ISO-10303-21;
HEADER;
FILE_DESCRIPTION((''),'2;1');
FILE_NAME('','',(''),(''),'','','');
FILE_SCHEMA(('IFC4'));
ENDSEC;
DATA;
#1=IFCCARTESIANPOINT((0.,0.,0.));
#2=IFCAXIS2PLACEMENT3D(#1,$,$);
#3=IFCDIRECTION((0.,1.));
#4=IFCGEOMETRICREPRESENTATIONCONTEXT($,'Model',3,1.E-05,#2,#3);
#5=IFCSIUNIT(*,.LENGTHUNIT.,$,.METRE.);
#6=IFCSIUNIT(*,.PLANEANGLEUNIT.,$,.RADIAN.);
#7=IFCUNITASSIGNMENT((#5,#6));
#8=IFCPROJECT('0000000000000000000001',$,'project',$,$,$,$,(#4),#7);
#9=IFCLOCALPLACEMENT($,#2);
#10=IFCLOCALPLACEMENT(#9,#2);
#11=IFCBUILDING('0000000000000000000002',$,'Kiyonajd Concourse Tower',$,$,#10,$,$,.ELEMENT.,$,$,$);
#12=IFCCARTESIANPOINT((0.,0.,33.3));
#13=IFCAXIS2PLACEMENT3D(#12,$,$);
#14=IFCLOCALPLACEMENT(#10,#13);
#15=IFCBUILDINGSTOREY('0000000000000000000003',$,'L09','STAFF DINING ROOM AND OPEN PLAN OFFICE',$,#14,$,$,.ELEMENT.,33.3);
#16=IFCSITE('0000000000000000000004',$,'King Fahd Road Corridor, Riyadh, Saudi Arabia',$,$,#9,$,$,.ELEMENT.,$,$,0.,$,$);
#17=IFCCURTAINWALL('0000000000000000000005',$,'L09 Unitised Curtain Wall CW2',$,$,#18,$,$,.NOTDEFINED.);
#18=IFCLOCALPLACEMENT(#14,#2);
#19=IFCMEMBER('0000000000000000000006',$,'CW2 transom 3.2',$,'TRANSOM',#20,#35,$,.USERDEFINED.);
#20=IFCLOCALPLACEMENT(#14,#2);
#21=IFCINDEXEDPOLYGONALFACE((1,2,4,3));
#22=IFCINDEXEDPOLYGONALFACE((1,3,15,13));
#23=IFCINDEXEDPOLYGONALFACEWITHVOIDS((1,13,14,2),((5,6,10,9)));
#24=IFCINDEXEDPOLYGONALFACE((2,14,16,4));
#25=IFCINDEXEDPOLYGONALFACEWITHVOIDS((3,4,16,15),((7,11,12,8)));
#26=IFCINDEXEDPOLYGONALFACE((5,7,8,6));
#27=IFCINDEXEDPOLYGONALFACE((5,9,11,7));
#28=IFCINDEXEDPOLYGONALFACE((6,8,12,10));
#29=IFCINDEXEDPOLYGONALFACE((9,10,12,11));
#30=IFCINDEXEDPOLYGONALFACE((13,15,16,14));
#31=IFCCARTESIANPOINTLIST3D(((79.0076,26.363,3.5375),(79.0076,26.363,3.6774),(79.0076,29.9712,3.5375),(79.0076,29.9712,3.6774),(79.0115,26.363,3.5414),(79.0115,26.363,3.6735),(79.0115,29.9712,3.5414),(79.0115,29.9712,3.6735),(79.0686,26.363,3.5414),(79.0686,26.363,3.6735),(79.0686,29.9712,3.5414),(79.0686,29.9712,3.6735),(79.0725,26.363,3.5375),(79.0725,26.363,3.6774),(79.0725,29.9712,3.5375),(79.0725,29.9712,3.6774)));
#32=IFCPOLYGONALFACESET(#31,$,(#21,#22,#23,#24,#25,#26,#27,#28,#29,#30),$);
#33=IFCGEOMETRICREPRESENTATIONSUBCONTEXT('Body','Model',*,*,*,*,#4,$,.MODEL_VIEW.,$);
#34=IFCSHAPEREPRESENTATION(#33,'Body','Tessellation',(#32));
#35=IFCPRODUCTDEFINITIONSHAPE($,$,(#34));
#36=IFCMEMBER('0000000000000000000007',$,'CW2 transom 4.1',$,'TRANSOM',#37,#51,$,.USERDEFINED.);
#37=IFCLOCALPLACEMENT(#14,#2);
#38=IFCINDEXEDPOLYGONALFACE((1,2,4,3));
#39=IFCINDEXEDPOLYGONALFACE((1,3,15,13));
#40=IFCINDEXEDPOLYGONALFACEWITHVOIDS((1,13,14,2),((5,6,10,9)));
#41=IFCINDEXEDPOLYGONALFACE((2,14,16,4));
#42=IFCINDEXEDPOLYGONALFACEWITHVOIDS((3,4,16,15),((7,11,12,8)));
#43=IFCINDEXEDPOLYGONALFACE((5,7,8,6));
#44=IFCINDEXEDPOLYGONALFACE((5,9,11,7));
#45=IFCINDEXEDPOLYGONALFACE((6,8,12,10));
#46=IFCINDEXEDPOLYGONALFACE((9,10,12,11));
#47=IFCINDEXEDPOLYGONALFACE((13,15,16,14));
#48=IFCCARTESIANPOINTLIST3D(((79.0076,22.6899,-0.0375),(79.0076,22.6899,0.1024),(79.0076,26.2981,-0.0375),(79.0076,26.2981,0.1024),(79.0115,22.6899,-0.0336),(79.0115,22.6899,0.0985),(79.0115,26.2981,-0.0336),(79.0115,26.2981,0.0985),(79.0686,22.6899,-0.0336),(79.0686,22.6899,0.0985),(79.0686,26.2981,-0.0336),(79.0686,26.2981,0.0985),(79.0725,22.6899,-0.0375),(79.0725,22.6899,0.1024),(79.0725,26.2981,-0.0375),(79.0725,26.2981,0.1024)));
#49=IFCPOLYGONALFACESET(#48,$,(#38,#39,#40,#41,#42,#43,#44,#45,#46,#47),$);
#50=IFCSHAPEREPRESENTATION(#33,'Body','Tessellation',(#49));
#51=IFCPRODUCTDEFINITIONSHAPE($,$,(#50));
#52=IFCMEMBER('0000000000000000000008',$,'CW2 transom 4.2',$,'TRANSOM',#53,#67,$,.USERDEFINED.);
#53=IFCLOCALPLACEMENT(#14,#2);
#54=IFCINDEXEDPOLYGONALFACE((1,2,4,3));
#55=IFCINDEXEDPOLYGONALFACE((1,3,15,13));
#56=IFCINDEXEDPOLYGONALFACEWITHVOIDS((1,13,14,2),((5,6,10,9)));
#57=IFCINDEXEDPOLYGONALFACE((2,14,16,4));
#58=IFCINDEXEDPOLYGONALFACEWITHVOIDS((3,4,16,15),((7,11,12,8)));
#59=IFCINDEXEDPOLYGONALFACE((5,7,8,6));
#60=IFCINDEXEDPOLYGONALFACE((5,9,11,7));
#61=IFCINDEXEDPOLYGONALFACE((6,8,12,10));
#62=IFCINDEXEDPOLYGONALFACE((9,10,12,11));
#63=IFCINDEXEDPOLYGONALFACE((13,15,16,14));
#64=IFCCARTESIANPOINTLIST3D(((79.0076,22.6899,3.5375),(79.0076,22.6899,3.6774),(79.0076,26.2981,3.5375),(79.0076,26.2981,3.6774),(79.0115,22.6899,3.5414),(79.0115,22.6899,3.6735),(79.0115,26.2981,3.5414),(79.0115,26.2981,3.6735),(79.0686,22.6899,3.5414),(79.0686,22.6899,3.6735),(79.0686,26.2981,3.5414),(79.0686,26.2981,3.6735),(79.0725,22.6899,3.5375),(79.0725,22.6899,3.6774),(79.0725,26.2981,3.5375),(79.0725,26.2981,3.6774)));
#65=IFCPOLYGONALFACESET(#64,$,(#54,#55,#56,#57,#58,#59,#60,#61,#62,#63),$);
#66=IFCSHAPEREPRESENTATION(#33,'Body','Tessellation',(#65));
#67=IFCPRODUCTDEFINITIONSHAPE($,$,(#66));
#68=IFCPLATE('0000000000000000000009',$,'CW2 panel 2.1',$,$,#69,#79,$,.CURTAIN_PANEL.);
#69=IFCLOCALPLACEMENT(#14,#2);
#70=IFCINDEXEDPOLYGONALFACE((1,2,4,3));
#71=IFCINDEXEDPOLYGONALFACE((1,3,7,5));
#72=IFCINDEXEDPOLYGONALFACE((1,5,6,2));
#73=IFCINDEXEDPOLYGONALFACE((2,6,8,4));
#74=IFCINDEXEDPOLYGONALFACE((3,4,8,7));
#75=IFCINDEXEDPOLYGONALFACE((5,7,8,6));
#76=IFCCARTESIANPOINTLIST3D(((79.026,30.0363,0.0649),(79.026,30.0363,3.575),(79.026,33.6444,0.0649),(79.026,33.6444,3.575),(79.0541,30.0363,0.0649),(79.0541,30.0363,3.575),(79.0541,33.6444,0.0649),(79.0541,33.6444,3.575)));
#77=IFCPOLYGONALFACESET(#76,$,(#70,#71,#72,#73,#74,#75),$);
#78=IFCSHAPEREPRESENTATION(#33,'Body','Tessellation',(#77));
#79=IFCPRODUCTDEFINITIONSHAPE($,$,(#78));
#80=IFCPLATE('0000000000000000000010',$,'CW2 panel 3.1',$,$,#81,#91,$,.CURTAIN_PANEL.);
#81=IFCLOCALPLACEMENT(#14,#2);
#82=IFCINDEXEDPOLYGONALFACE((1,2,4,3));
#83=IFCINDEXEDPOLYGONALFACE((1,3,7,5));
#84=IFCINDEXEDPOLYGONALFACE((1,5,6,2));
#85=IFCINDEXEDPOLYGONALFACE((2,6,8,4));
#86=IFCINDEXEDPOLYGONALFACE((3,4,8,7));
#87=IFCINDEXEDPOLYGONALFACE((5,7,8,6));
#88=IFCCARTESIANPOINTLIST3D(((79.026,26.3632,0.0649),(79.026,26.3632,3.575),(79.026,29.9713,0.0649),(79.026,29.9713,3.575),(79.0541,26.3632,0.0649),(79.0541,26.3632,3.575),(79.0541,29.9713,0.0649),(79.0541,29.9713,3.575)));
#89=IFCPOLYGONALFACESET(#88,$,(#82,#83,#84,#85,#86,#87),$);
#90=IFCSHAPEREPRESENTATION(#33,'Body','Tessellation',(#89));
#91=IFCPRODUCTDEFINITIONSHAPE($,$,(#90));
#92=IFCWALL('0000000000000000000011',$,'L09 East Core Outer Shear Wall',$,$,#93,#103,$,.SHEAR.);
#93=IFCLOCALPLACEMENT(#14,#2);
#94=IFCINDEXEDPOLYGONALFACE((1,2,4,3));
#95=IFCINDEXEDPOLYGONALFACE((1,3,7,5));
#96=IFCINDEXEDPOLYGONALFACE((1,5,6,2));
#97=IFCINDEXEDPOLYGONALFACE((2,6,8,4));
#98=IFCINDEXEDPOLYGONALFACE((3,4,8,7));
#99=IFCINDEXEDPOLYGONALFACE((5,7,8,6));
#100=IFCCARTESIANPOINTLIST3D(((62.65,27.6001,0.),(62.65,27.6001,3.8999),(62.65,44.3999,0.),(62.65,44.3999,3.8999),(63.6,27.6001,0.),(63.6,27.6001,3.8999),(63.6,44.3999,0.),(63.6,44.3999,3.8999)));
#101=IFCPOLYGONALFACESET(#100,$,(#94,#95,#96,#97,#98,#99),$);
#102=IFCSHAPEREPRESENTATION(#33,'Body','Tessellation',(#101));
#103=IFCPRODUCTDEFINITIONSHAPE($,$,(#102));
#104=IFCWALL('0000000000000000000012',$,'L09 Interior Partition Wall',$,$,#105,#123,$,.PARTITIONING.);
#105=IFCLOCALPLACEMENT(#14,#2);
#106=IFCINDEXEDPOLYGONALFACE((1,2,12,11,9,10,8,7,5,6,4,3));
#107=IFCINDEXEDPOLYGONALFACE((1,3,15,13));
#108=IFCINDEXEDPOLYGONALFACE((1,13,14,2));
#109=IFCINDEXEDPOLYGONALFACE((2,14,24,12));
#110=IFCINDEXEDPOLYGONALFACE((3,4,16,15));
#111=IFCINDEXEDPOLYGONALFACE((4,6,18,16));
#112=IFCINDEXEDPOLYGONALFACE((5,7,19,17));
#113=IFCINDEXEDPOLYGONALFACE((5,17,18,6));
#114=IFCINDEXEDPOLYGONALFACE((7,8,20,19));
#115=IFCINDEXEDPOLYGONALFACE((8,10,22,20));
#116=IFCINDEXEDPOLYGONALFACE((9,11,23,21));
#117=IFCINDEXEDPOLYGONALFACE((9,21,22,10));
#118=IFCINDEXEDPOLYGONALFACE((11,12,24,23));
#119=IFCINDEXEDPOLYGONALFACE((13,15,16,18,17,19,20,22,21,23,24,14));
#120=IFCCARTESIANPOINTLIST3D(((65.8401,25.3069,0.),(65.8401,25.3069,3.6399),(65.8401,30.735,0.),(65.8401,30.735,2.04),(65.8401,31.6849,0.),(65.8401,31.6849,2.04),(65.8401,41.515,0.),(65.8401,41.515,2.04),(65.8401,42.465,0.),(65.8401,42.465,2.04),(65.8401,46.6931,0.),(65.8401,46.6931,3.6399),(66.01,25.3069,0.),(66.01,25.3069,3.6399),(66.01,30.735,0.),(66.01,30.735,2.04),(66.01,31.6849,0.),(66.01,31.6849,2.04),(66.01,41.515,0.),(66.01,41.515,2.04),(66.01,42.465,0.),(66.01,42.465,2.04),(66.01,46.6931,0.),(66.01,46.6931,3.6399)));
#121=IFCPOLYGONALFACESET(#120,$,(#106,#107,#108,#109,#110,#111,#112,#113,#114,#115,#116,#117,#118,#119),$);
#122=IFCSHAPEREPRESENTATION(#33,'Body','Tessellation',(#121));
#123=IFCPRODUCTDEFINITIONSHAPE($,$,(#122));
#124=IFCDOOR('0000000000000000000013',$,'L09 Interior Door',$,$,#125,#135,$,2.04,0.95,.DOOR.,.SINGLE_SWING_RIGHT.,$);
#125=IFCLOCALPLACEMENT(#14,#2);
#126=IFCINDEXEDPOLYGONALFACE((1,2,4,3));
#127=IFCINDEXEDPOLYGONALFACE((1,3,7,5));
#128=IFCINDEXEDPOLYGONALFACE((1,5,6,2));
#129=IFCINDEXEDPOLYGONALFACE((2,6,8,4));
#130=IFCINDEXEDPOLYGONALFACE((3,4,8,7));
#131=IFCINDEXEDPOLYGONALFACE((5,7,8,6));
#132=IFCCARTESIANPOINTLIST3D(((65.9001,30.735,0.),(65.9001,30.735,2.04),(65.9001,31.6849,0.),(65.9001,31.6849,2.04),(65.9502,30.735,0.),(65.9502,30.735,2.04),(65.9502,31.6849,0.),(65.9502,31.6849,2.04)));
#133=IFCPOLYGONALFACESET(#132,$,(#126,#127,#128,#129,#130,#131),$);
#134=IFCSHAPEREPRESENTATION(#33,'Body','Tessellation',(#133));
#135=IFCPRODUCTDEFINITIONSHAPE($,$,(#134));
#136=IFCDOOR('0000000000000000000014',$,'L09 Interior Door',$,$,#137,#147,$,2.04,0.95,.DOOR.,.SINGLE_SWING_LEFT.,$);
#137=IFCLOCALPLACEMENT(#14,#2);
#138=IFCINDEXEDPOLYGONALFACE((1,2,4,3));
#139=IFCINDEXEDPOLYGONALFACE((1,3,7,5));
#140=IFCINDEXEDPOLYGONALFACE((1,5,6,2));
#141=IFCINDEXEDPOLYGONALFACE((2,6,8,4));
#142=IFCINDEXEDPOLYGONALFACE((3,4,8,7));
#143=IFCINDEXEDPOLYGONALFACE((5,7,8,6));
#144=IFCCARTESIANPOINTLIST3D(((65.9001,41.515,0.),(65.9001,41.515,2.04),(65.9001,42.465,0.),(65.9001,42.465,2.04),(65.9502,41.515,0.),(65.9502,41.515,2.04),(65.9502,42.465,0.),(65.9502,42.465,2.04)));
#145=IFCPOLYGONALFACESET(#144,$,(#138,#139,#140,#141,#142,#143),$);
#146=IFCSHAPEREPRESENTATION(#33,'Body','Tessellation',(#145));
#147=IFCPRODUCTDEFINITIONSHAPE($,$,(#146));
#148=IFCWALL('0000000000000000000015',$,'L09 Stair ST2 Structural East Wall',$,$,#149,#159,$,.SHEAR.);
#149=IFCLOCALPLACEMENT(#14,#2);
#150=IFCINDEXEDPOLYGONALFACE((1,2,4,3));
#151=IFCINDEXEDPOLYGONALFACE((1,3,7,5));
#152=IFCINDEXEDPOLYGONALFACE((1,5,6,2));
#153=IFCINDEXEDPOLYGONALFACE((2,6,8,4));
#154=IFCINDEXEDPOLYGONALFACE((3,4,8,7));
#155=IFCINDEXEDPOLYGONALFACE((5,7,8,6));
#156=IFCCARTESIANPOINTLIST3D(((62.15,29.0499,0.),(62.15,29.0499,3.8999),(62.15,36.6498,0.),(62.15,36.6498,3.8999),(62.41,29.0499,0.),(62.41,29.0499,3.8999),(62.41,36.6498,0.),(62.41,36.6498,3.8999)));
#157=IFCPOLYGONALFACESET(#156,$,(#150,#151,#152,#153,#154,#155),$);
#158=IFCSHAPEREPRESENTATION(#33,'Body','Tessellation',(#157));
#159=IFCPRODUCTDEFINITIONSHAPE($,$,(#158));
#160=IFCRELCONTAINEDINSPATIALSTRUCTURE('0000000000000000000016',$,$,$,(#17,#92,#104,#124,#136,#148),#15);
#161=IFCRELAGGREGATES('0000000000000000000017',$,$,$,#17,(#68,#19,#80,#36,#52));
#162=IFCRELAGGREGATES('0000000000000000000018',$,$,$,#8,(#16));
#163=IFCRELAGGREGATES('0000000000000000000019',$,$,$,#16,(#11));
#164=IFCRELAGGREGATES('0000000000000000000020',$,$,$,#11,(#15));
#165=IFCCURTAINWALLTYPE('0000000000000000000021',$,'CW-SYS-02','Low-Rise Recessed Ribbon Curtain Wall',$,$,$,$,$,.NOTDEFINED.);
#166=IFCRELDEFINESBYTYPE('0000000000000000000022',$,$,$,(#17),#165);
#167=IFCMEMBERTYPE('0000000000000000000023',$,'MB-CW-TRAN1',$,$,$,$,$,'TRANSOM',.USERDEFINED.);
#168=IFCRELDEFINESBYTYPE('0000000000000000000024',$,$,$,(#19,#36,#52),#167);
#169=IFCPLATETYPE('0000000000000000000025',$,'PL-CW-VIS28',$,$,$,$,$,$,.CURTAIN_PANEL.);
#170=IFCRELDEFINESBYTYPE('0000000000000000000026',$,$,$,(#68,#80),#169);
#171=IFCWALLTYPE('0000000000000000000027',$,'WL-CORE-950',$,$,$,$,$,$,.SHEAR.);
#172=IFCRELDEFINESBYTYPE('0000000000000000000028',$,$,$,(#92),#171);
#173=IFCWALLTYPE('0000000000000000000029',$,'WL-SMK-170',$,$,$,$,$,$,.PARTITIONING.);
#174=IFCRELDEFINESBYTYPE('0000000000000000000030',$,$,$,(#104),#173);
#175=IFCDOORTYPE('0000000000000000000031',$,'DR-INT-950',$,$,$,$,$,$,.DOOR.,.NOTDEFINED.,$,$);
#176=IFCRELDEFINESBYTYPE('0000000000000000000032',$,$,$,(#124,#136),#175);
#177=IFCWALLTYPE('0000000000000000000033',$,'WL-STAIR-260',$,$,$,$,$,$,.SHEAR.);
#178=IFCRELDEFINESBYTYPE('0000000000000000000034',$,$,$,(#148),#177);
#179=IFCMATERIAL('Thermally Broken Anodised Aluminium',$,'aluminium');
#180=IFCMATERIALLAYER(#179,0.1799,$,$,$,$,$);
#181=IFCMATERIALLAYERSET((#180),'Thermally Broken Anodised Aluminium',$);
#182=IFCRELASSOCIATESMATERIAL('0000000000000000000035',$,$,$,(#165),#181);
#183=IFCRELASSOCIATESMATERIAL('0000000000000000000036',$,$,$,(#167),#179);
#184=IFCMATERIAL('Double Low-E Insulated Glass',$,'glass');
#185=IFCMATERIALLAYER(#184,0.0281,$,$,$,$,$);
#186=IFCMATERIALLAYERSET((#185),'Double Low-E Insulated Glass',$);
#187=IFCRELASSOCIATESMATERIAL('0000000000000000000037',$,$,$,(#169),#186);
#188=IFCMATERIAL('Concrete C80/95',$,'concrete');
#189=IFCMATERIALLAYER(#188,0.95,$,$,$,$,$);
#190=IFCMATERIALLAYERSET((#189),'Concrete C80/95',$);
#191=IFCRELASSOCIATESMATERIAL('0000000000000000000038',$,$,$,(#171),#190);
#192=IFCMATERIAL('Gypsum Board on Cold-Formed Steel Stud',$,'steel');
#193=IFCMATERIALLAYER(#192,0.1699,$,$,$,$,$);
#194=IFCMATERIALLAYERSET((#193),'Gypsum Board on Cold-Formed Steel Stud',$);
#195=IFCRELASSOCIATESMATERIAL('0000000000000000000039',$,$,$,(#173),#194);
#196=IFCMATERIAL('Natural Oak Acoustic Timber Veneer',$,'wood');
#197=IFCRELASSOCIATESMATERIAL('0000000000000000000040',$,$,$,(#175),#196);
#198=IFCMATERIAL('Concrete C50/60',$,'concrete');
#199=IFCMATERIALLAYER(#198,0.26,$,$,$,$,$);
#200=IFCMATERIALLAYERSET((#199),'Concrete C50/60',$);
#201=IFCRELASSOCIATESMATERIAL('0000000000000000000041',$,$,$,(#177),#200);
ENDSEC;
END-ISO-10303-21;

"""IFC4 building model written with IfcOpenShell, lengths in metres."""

from ifc_helpers import new_model, si_unit, direction, frame, frame_2d, origin, origin_2d, place, context, subcontext, project, spatial, rectangle, hollow_rectangle, extrude, material, layer, layer_set, material_profile, profile_set, type_object, element, fill, aggregate, save


model = new_model("IFC4")

# Units and contexts
model_context = context("Model", 3, precision=1e-05, world=origin(), true_north=direction((0.0, 1.0)))
body_context = subcontext(model_context, "Body", "Model", "MODEL_VIEW")
ifc_project = project(units=[si_unit("LENGTHUNIT", "METRE"), si_unit("PLANEANGLEUNIT", "RADIAN")], contexts=[model_context])

# Site, building, storey
site_placement = place(None, origin())
site = spatial("IfcSite", under=ifc_project, at=site_placement, Name="King Fahd Road Corridor, Riyadh, Saudi Arabia", CompositionType="ELEMENT", RefElevation=0.0)
building_placement = place(site_placement, origin())
building = spatial("IfcBuilding", under=site, at=building_placement, Name="Kiyonajd Concourse Tower", CompositionType="ELEMENT")
storey_placement = place(building_placement, frame((0.0, 0.0, 33.3)))
storey = spatial("IfcBuildingStorey", under=building, at=storey_placement, Name="L09", Description="STAFF DINING ROOM AND OPEN PLAN OFFICE", CompositionType="ELEMENT", Elevation=33.3)

# Shared definitions
ifc_material_1 = material(Name="Concrete C80/95", Category="concrete")

# Curtain wall, members, plates
ifc_material_2 = material(Name="Thermally Broken Anodised Aluminium", Category="aluminium")
ifc_layer_1 = layer(ifc_material_2, 0.1799)
ifc_layer_set_1 = layer_set([ifc_layer_1], Name="Thermally Broken Anodised Aluminium")
curtain_wall_type = type_object("IfcCurtainWallType", Name="CW-SYS-02", Description="Low-Rise Recessed Ribbon Curtain Wall", PredefinedType="NOTDEFINED", material=ifc_layer_set_1)
curtain_wall_placement = place(storey_placement, origin())
curtain_wall = element("IfcCurtainWall", 1, at=curtain_wall_placement, inside=storey, type_object=curtain_wall_type, Name="L09 Unitised Curtain Wall CW2", PredefinedType="NOTDEFINED")
ifc_material_profile_1 = material_profile(ifc_material_2, hollow_rectangle(XDim=0.0649, YDim=0.1399, WallThickness=0.0039, at=origin_2d()), Name="TRAN-65x140")
ifc_profile_set_1 = profile_set([ifc_material_profile_1], Name="Thermally Broken Anodised Aluminium")
member_type_1 = type_object("IfcMemberType", Name="MB-CW-TRAN1", ElementType="TRANSOM", PredefinedType="USERDEFINED", material=ifc_profile_set_1)
member_1_placement = place(storey_placement, frame((79.04, 29.9712, 3.6074), z_axis=(0.0, -1.0, 0.0), x_axis=(1.0, 0.0, 0.0)))
member_1 = element("IfcMember", 2, at=member_1_placement, type_object=member_type_1, Name="CW2 transom 3.2", ObjectType="TRANSOM", PredefinedType="USERDEFINED", context=body_context, shape_type="SweptSolid", body=[
    extrude(hollow_rectangle(XDim=0.0649, YDim=0.1399, WallThickness=0.0039, at=origin_2d()), origin(), (0.0, 0.0, 1.0), 3.6082),
])
member_2_placement = place(storey_placement, frame((79.04, 26.2981, 0.0325), z_axis=(0.0, -1.0, 0.0), x_axis=(1.0, 0.0, 0.0)))
member_2 = element("IfcMember", 3, at=member_2_placement, type_object=member_type_1, Name="CW2 transom 4.1", ObjectType="TRANSOM", PredefinedType="USERDEFINED", context=body_context, shape_type="SweptSolid", body=[
    extrude(hollow_rectangle(XDim=0.0649, YDim=0.1399, WallThickness=0.0039, at=origin_2d()), origin(), (0.0, 0.0, 1.0), 3.6082),
])
member_3_placement = place(storey_placement, frame((79.04, 26.2981, 3.6074), z_axis=(0.0, -1.0, 0.0), x_axis=(1.0, 0.0, 0.0)))
member_3 = element("IfcMember", 4, at=member_3_placement, type_object=member_type_1, Name="CW2 transom 4.2", ObjectType="TRANSOM", PredefinedType="USERDEFINED", context=body_context, shape_type="SweptSolid", body=[
    extrude(hollow_rectangle(XDim=0.0649, YDim=0.1399, WallThickness=0.0039, at=origin_2d()), origin(), (0.0, 0.0, 1.0), 3.6082),
])
ifc_material_3 = material(Name="Double Low-E Insulated Glass", Category="glass")
ifc_layer_2 = layer(ifc_material_3, 0.0281)
ifc_layer_set_2 = layer_set([ifc_layer_2], Name="Double Low-E Insulated Glass")
plate_type = type_object("IfcPlateType", Name="PL-CW-VIS28", PredefinedType="CURTAIN_PANEL", material=ifc_layer_set_2)
plate_1_placement = place(storey_placement, frame((79.04, 31.8403, 0.0649), z_axis=(0.0, 0.0, 1.0), x_axis=(0.0, -1.0, 0.0)))
plate_1 = element("IfcPlate", 5, at=plate_1_placement, type_object=plate_type, Name="CW2 panel 2.1", PredefinedType="CURTAIN_PANEL", context=body_context, shape_type="SweptSolid", body=[
    extrude(rectangle(XDim=3.6082, YDim=0.0281, at=origin_2d()), origin(), (0.0, 0.0, 1.0), 3.51),
])
plate_2_placement = place(storey_placement, frame((79.04, 28.1672, 0.0649), z_axis=(0.0, 0.0, 1.0), x_axis=(0.0, -1.0, 0.0)))
plate_2 = element("IfcPlate", 6, at=plate_2_placement, type_object=plate_type, Name="CW2 panel 3.1", PredefinedType="CURTAIN_PANEL", context=body_context, shape_type="SweptSolid", body=[
    extrude(rectangle(XDim=3.6082, YDim=0.0281, at=origin_2d()), origin(), (0.0, 0.0, 1.0), 3.51),
])
aggregate(curtain_wall, [plate_1, member_1, plate_2, member_2, member_3])

# Wall
ifc_layer_3 = layer(ifc_material_1, 0.95)
ifc_layer_set_3 = layer_set([ifc_layer_3], Name="Concrete C80/95")
wall_type_1 = type_object("IfcWallType", Name="WL-CORE-950", PredefinedType="SHEAR", material=ifc_layer_set_3)
wall_1_placement = place(storey_placement, frame((63.125, 27.6001, 0.0), z_axis=(0.0, 0.0, 1.0), x_axis=(0.0, 1.0, 0.0)))
element("IfcWall", 7, at=wall_1_placement, inside=storey, type_object=wall_type_1, Name="L09 East Core Outer Shear Wall", PredefinedType="SHEAR", context=body_context, shape_type="SweptSolid", body=[
    extrude(rectangle(XDim=16.7998, YDim=0.95, at=frame_2d((8.3999, 0.0))), origin(), (0.0, 0.0, 1.0), 3.8999),
])

# Wall, openings, doors
ifc_material_4 = material(Name="Gypsum Board on Cold-Formed Steel Stud", Category="steel")
ifc_layer_4 = layer(ifc_material_4, 0.1699)
ifc_layer_set_4 = layer_set([ifc_layer_4], Name="Gypsum Board on Cold-Formed Steel Stud")
wall_type_2 = type_object("IfcWallType", Name="WL-SMK-170", PredefinedType="PARTITIONING", material=ifc_layer_set_4)
wall_2_placement = place(storey_placement, frame((65.925, 25.3069, 0.0), z_axis=(0.0, 0.0, 1.0), x_axis=(0.0, 1.0, 0.0)))
wall_2 = element("IfcWall", 8, at=wall_2_placement, inside=storey, type_object=wall_type_2, Name="L09 Interior Partition Wall", PredefinedType="PARTITIONING", context=body_context, shape_type="SweptSolid", body=[
    extrude(rectangle(XDim=21.3862, YDim=0.1699, at=frame_2d((10.6931, 0.0))), origin(), (0.0, 0.0, 1.0), 3.6399),
])
opening_1_placement = place(wall_2_placement, frame((5.428, 0.0, 0.0)))
opening_1 = element("IfcOpeningElement", 9, at=opening_1_placement, cuts=wall_2, PredefinedType="OPENING", context=body_context, shape_type="SweptSolid", body=[
    extrude(rectangle(XDim=0.95, YDim=2.04, at=frame_2d((0.4751, 1.02))), frame((0.0, 0.095, 0.0), z_axis=(0.0, -1.0, 0.0), x_axis=(1.0, 0.0, 0.0)), (0.0, 0.0, 1.0), 0.1899),
])
opening_2_placement = place(wall_2_placement, frame((16.208, 0.0, 0.0)))
opening_2 = element("IfcOpeningElement", 10, at=opening_2_placement, cuts=wall_2, PredefinedType="OPENING", context=body_context, shape_type="SweptSolid", body=[
    extrude(rectangle(XDim=0.95, YDim=2.04, at=frame_2d((0.4751, 1.02))), frame((0.0, 0.095, 0.0), z_axis=(0.0, -1.0, 0.0), x_axis=(1.0, 0.0, 0.0)), (0.0, 0.0, 1.0), 0.1899),
])
ifc_material_5 = material(Name="Natural Oak Acoustic Timber Veneer", Category="wood")
door_type = type_object("IfcDoorType", Name="DR-INT-950", OperationType="NOTDEFINED", PredefinedType="DOOR", material=ifc_material_5)
door_1_placement = place(opening_1_placement, origin())
door_1 = element("IfcDoor", 11, at=door_1_placement, inside=storey, type_object=door_type, Name="L09 Interior Door", OperationType="SINGLE_SWING_RIGHT", OverallHeight=2.04, OverallWidth=0.95, PredefinedType="DOOR", context=body_context, shape_type="SweptSolid", body=[
    extrude(rectangle(XDim=0.95, YDim=2.04, at=frame_2d((0.4751, 1.02))), frame((0.0, 0.0249, 0.0), z_axis=(0.0, -1.0, 0.0), x_axis=(1.0, 0.0, 0.0)), (0.0, 0.0, 1.0), 0.05),
])
fill(opening_1, door_1)
door_2_placement = place(opening_2_placement, origin())
door_2 = element("IfcDoor", 12, at=door_2_placement, inside=storey, type_object=door_type, Name="L09 Interior Door", OperationType="SINGLE_SWING_LEFT", OverallHeight=2.04, OverallWidth=0.95, PredefinedType="DOOR", context=body_context, shape_type="SweptSolid", body=[
    extrude(rectangle(XDim=0.95, YDim=2.04, at=frame_2d((0.4751, 1.02))), frame((0.0, 0.0249, 0.0), z_axis=(0.0, -1.0, 0.0), x_axis=(1.0, 0.0, 0.0)), (0.0, 0.0, 1.0), 0.05),
])
fill(opening_2, door_2)

# Wall
ifc_material_6 = material(Name="Concrete C50/60", Category="concrete")
ifc_layer_5 = layer(ifc_material_6, 0.26)
ifc_layer_set_5 = layer_set([ifc_layer_5], Name="Concrete C50/60")
wall_type_3 = type_object("IfcWallType", Name="WL-STAIR-260", PredefinedType="SHEAR", material=ifc_layer_set_5)
wall_3_placement = place(storey_placement, frame((62.28, 29.05, 0.0), z_axis=(0.0, 0.0, 1.0), x_axis=(0.0, 1.0, 0.0)))
element("IfcWall", 13, at=wall_3_placement, inside=storey, type_object=wall_type_3, Name="L09 Stair ST2 Structural East Wall", PredefinedType="SHEAR", context=body_context, shape_type="SweptSolid", body=[
    extrude(rectangle(XDim=7.5999, YDim=0.26, at=frame_2d((3.7998, 0.0))), origin(), (0.0, 0.0, 1.0), 3.8999),
])

save(model, "model.ifc")
